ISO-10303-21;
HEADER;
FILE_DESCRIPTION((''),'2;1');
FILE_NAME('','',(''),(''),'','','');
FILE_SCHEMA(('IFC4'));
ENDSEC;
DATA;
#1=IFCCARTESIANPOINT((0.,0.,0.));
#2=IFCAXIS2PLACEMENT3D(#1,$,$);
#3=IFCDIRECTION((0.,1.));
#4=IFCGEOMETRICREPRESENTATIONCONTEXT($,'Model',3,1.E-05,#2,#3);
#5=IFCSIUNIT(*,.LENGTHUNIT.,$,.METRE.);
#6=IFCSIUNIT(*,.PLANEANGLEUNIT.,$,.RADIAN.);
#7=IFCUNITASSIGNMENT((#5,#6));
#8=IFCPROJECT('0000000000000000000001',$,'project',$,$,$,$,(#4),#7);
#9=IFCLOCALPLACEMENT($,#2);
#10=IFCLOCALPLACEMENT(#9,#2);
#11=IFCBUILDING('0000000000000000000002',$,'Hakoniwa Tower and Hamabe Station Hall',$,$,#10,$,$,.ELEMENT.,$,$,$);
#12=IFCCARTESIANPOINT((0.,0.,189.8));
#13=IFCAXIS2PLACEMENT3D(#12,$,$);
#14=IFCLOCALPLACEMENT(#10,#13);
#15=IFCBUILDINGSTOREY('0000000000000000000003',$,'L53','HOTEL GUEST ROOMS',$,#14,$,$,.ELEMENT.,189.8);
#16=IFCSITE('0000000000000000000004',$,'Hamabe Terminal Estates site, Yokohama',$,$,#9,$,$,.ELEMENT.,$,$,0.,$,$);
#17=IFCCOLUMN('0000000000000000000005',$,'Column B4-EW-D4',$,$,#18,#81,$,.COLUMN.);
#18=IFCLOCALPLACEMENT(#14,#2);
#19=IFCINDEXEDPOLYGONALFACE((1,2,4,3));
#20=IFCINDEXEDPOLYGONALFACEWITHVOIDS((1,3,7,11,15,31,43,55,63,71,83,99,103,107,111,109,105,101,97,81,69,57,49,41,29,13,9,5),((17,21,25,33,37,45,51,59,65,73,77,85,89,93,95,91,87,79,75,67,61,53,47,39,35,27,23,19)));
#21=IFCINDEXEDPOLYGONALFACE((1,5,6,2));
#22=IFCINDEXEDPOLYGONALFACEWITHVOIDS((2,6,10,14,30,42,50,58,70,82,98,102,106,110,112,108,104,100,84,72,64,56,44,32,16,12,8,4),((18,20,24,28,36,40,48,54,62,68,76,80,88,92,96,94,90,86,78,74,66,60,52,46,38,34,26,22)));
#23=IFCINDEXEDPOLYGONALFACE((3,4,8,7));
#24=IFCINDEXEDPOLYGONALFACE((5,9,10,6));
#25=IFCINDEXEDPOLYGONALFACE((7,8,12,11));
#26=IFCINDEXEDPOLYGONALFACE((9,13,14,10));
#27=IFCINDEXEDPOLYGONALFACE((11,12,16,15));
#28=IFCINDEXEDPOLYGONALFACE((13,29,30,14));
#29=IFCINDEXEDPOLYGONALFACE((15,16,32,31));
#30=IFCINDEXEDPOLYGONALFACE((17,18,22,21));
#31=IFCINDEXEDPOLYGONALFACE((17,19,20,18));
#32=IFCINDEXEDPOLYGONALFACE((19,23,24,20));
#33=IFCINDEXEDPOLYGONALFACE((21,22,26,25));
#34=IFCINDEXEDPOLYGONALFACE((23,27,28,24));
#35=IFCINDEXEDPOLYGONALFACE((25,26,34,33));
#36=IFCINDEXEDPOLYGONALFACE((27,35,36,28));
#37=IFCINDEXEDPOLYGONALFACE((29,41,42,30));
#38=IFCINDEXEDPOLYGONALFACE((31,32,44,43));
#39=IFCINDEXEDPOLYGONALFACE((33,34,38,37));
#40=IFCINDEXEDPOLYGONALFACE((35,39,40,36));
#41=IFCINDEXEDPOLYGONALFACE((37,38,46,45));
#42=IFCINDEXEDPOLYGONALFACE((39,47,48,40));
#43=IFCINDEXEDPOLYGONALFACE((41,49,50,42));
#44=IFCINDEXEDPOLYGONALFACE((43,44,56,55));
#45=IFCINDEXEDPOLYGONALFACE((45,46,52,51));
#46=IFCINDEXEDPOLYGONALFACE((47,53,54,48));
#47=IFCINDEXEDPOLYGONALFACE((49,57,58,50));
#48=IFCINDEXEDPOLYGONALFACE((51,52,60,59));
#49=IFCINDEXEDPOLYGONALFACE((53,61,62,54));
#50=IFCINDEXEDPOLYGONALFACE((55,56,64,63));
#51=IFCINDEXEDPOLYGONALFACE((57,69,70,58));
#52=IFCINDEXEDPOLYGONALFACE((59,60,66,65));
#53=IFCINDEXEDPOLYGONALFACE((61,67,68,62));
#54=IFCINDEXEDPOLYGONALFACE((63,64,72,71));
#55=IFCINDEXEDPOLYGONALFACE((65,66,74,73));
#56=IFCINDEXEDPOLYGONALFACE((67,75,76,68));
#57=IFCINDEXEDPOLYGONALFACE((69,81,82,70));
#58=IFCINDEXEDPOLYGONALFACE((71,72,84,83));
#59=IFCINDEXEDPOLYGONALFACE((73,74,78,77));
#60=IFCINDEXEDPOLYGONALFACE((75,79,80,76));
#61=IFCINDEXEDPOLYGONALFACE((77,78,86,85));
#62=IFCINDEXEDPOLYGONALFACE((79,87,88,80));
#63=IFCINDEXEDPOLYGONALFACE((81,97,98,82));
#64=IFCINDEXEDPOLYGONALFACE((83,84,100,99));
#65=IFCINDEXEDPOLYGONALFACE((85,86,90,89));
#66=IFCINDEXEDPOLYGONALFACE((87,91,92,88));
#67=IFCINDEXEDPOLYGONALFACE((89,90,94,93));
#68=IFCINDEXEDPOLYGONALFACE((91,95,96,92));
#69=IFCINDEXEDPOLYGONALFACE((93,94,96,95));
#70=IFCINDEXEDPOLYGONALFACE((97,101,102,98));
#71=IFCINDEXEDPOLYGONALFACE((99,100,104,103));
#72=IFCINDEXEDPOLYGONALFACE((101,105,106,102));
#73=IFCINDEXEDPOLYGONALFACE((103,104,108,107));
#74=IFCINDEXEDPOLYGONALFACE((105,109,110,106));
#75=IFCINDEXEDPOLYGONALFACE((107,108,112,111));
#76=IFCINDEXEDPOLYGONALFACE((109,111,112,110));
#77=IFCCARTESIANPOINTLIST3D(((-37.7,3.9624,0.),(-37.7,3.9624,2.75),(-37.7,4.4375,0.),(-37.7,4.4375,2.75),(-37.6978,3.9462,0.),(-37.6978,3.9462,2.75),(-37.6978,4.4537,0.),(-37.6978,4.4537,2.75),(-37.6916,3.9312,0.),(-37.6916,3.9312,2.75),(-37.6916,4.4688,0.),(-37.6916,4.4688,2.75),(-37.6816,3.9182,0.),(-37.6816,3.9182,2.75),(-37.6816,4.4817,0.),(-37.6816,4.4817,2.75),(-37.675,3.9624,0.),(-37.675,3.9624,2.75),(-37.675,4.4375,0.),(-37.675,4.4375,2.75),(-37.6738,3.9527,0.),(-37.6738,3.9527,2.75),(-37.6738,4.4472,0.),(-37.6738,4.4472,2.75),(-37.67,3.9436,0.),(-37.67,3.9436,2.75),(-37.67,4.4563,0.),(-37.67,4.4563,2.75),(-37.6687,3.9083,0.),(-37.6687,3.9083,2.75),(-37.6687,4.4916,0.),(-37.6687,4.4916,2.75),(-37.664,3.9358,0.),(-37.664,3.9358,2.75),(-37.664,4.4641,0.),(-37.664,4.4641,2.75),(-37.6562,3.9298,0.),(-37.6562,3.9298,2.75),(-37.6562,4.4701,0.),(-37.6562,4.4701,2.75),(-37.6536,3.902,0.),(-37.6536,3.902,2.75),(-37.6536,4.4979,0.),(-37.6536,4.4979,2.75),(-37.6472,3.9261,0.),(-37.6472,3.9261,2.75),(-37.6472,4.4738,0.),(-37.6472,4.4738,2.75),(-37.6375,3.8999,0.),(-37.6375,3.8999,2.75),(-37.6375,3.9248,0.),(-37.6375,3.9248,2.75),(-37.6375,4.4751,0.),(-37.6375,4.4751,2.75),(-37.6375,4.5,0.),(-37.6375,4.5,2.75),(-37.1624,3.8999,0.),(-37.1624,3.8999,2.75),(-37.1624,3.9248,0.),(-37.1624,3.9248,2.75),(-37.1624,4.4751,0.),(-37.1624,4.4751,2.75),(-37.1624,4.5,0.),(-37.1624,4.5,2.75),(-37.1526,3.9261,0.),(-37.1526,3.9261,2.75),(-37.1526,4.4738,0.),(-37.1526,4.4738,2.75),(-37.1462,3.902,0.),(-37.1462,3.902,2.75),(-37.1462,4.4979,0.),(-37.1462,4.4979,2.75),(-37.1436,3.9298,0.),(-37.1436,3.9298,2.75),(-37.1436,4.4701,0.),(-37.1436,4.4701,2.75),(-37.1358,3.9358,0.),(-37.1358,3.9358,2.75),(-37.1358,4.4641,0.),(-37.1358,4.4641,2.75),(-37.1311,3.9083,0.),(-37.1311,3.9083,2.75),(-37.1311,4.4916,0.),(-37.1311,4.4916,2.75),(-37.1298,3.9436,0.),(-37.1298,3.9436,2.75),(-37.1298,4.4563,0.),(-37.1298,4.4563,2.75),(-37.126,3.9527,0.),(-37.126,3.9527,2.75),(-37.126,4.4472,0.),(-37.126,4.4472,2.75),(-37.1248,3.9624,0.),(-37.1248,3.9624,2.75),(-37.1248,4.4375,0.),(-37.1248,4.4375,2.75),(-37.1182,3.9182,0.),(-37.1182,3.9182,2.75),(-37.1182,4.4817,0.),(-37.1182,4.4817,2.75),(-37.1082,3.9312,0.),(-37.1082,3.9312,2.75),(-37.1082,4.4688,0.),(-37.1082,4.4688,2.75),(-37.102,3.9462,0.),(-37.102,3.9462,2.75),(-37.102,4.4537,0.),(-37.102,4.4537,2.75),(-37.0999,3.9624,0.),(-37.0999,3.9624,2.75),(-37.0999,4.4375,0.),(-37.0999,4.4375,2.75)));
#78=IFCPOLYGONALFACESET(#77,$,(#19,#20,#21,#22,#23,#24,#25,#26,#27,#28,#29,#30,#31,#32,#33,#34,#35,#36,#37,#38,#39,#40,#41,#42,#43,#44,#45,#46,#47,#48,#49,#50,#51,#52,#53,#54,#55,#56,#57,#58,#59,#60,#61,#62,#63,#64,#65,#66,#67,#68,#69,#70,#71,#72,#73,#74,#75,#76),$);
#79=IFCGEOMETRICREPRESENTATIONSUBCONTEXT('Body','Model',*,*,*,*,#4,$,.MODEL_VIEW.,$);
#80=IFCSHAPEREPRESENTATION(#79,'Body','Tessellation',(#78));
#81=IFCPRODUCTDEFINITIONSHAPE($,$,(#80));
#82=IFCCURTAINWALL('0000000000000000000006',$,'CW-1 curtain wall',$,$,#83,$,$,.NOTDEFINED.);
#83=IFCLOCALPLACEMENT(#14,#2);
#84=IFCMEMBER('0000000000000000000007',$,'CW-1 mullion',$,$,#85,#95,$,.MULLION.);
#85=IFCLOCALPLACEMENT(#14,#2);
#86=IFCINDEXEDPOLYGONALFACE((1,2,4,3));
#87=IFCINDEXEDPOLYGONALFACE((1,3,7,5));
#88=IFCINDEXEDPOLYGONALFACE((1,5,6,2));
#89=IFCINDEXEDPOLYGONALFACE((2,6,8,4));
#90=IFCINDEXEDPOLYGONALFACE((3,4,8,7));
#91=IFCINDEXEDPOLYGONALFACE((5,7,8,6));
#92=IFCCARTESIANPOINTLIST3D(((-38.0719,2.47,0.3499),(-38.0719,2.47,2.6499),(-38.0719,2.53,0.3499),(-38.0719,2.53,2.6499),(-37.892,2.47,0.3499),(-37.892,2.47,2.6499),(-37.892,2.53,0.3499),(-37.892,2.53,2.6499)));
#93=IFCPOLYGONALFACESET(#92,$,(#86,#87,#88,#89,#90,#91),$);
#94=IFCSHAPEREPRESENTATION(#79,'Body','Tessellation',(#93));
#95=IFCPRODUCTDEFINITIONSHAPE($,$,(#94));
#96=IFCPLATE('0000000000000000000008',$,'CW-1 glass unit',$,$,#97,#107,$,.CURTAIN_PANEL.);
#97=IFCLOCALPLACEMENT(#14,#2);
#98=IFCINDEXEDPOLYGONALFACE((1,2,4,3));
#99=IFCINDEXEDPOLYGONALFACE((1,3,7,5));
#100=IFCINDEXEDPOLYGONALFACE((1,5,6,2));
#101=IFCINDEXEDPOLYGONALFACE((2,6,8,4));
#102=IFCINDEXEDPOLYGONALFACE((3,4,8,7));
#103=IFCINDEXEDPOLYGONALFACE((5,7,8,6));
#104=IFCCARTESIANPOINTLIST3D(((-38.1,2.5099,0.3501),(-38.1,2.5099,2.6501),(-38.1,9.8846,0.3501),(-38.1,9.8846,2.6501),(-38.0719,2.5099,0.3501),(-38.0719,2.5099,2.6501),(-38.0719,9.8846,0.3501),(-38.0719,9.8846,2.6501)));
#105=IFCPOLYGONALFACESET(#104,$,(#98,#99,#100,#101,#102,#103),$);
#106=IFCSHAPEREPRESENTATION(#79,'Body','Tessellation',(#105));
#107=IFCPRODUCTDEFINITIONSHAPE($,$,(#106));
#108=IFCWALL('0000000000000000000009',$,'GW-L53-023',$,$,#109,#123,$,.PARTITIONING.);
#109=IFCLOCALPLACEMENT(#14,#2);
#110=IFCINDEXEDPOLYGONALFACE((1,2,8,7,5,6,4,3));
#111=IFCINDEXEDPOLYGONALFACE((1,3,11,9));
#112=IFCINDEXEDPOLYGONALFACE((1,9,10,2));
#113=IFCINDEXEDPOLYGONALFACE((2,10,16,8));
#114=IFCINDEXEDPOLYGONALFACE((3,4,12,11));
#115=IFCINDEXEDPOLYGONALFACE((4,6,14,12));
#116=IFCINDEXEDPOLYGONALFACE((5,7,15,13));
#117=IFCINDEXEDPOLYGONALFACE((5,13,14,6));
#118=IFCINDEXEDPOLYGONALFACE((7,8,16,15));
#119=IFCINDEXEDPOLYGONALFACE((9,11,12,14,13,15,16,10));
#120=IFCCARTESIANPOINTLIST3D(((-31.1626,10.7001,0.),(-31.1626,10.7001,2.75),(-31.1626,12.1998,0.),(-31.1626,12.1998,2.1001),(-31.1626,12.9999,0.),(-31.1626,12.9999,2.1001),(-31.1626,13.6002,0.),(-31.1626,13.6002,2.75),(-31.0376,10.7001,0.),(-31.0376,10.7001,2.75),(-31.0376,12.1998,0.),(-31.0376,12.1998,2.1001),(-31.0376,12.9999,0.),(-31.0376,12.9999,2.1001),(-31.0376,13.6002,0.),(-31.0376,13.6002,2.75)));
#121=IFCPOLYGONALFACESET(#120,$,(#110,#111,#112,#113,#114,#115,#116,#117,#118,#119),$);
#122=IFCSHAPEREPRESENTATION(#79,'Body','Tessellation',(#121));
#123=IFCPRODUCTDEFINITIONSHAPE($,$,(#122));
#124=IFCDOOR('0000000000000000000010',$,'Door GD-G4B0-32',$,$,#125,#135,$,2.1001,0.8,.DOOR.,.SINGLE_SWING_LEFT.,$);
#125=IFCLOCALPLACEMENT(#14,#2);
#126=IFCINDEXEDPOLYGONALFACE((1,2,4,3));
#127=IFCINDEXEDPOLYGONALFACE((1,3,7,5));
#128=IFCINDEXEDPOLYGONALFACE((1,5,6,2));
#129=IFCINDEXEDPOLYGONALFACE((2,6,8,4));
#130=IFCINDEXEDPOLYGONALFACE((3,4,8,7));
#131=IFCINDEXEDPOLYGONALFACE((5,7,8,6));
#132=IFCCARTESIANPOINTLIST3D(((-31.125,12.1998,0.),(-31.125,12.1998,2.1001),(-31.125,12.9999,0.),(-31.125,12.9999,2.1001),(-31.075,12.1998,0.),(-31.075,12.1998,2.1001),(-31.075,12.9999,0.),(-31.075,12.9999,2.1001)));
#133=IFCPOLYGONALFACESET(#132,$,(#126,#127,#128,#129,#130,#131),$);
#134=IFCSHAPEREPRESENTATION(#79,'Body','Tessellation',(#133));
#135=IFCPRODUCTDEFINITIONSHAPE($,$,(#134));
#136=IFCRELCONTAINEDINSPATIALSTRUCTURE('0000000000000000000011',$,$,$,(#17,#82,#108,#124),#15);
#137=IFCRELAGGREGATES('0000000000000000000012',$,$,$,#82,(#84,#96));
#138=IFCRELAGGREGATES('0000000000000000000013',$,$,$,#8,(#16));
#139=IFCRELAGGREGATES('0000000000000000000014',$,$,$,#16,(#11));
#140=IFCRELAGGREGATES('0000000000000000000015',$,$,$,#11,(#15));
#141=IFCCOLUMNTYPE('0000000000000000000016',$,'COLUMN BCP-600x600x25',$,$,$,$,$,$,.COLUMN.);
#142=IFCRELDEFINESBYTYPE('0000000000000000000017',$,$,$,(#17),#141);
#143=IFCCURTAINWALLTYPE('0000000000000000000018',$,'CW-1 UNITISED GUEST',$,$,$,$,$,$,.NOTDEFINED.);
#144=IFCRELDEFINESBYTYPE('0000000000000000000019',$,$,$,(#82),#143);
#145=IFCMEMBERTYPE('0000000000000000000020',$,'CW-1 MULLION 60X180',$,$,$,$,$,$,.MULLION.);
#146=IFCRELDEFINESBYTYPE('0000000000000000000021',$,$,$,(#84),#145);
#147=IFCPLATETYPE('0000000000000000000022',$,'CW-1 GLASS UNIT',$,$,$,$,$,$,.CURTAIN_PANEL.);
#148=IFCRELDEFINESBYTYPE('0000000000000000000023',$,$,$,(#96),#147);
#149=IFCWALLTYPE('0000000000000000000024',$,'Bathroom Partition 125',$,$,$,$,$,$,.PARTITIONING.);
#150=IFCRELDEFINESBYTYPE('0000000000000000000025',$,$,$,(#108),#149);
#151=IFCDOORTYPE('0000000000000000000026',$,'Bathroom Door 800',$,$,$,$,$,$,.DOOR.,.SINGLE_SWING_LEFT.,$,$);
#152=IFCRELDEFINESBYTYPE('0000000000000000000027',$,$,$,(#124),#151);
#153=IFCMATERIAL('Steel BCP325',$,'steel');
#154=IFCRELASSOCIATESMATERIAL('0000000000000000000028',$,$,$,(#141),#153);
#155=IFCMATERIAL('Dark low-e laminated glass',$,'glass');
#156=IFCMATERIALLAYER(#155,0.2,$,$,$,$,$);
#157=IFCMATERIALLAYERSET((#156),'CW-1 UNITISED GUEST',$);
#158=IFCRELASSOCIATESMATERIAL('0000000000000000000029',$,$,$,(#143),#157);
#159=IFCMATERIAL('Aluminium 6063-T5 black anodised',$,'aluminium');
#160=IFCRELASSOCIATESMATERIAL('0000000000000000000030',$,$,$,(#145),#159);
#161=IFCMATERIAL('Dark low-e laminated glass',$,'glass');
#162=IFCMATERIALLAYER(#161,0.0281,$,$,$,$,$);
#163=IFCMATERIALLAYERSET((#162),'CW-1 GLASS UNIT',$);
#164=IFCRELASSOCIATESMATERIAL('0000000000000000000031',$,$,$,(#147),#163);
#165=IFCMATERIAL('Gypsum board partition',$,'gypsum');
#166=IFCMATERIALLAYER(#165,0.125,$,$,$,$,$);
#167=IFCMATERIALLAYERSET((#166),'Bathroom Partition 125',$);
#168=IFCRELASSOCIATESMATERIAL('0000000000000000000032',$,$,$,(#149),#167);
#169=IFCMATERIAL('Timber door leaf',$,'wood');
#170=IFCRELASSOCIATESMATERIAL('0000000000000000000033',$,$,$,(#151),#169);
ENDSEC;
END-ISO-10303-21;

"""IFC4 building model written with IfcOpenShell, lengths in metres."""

from ifc_helpers import new_model, si_unit, direction, frame, frame_2d, origin, origin_2d, place, context, subcontext, project, spatial, rectangle, hollow_rectangle, extrude, material, layer, layer_set, material_profile, profile_set, type_object, element, fill, aggregate, save


model = new_model("IFC4")

# Units and contexts
model_context = context("Model", 3, precision=1e-05, world=origin(), true_north=direction((0.0, 1.0)))
body_context = subcontext(model_context, "Body", "Model", "MODEL_VIEW")
ifc_project = project(units=[si_unit("LENGTHUNIT", "METRE"), si_unit("PLANEANGLEUNIT", "RADIAN")], contexts=[model_context])

# Site, building, storey
site_placement = place(None, origin())
site = spatial("IfcSite", under=ifc_project, at=site_placement, Name="Hamabe Terminal Estates site, Yokohama", CompositionType="ELEMENT", RefElevation=0.0)
building_placement = place(site_placement, origin())
building = spatial("IfcBuilding", under=site, at=building_placement, Name="Hakoniwa Tower and Hamabe Station Hall", CompositionType="ELEMENT")
storey_placement = place(building_placement, frame((0.0, 0.0, 189.8)))
storey = spatial("IfcBuildingStorey", under=building, at=storey_placement, Name="L53", Description="HOTEL GUEST ROOMS", CompositionType="ELEMENT", Elevation=189.8)

# Column
ifc_material_1 = material(Name="Steel BCP325", Category="steel")
ifc_material_profile_1 = material_profile(ifc_material_1, hollow_rectangle(XDim=0.6001, YDim=0.6001, WallThickness=0.0249, InnerFilletRadius=0.0376, OuterFilletRadius=0.0625, at=origin_2d()), Name="BCP-600x600x25")
ifc_profile_set_1 = profile_set([ifc_material_profile_1], Name="Steel BCP325")
column_type = type_object("IfcColumnType", Name="COLUMN BCP-600x600x25", PredefinedType="COLUMN", material=ifc_profile_set_1)
column_placement = place(storey_placement, frame((-37.3999, 4.2, 0.0), z_axis=(0.0, 0.0, 1.0), x_axis=(1.0, 0.0, 0.0)))
element("IfcColumn", 1, at=column_placement, inside=storey, type_object=column_type, Name="Column B4-EW-D4", PredefinedType="COLUMN", context=body_context, shape_type="SweptSolid", body=[
    extrude(hollow_rectangle(XDim=0.6001, YDim=0.6001, WallThickness=0.0249, InnerFilletRadius=0.0376, OuterFilletRadius=0.0625, at=origin_2d()), origin(), (0.0, 0.0, 1.0), 2.75),
])

# Curtain wall, member, plate
ifc_material_2 = material(Name="Dark low-e laminated glass", Category="glass")
ifc_layer_1 = layer(ifc_material_2, 0.2)
ifc_layer_set_1 = layer_set([ifc_layer_1], Name="CW-1 UNITISED GUEST")
curtain_wall_type = type_object("IfcCurtainWallType", Name="CW-1 UNITISED GUEST", PredefinedType="NOTDEFINED", material=ifc_layer_set_1)
curtain_wall_placement = place(storey_placement, origin())
curtain_wall = element("IfcCurtainWall", 2, at=curtain_wall_placement, inside=storey, type_object=curtain_wall_type, Name="CW-1 curtain wall", PredefinedType="NOTDEFINED")
ifc_material_3 = material(Name="Aluminium 6063-T5 black anodised", Category="aluminium")
ifc_material_profile_2 = material_profile(ifc_material_3, rectangle(XDim=0.0601, YDim=0.1799, at=origin_2d()), Name="CW-1 MULLION 60X180")
ifc_profile_set_2 = profile_set([ifc_material_profile_2], Name="Aluminium 6063-T5 black anodised")
member_type = type_object("IfcMemberType", Name="CW-1 MULLION 60X180", PredefinedType="MULLION", material=ifc_profile_set_2)
member_placement = place(storey_placement, frame((-37.9819, 2.5, 0.3499), z_axis=(0.0, 0.0, 1.0), x_axis=(0.0, -1.0, 0.0)))
member = element("IfcMember", 3, at=member_placement, type_object=member_type, Name="CW-1 mullion", PredefinedType="MULLION", context=body_context, shape_type="SweptSolid", body=[
    extrude(rectangle(XDim=0.0601, YDim=0.1799, at=origin_2d()), origin(), (0.0, 0.0, 1.0), 2.3),
])
ifc_material_4 = material(Name="Dark low-e laminated glass", Category="glass")
ifc_layer_2 = layer(ifc_material_4, 0.0281)
ifc_layer_set_2 = layer_set([ifc_layer_2], Name="CW-1 GLASS UNIT")
plate_type = type_object("IfcPlateType", Name="CW-1 GLASS UNIT", PredefinedType="CURTAIN_PANEL", material=ifc_layer_set_2)
plate_placement = place(storey_placement, frame((-38.0859, 6.1973, 0.3501), z_axis=(0.0, 0.0, 1.0), x_axis=(0.0, -1.0, 0.0)))
plate = element("IfcPlate", 4, at=plate_placement, type_object=plate_type, Name="CW-1 glass unit", PredefinedType="CURTAIN_PANEL", context=body_context, shape_type="SweptSolid", body=[
    extrude(rectangle(XDim=7.3748, YDim=0.0281, at=origin_2d()), origin(), (0.0, 0.0, 1.0), 2.3),
])
aggregate(curtain_wall, [member, plate])

# Wall, opening, door
ifc_material_5 = material(Name="Gypsum board partition", Category="gypsum")
ifc_layer_3 = layer(ifc_material_5, 0.125)
ifc_layer_set_3 = layer_set([ifc_layer_3], Name="Bathroom Partition 125")
wall_type_1 = type_object("IfcWallType", Name="Bathroom Partition 125", PredefinedType="PARTITIONING", material=ifc_layer_set_3)
wall_1_placement = place(storey_placement, frame((-31.1001, 10.7, 0.0), z_axis=(0.0, 0.0, 1.0), x_axis=(0.0, 1.0, 0.0)))
wall_1 = element("IfcWall", 5, at=wall_1_placement, inside=storey, type_object=wall_type_1, Name="GW-L53-023", PredefinedType="PARTITIONING", context=body_context, shape_type="SweptSolid", body=[
    extrude(rectangle(XDim=2.9001, YDim=0.125, at=frame_2d((1.4502, 0.0))), origin(), (0.0, 0.0, 1.0), 2.75),
])
opening_1_placement = place(wall_1_placement, frame((1.5, 0.0, 0.0)))
opening_1 = element("IfcOpeningElement", 6, at=opening_1_placement, cuts=wall_1, PredefinedType="OPENING", context=body_context, shape_type="SweptSolid", body=[
    extrude(rectangle(XDim=0.8, YDim=2.1001, at=frame_2d((0.3999, 1.05))), frame((0.0, 0.0725, 0.0), z_axis=(0.0, -1.0, 0.0), x_axis=(1.0, 0.0, 0.0)), (0.0, 0.0, 1.0), 0.145),
])
ifc_material_6 = material(Name="Timber door leaf", Category="wood")
door_type_1 = type_object("IfcDoorType", Name="Bathroom Door 800", OperationType="SINGLE_SWING_LEFT", PredefinedType="DOOR", material=ifc_material_6)
door_1_placement = place(opening_1_placement, origin())
door_1 = element("IfcDoor", 7, at=door_1_placement, inside=storey, type_object=door_type_1, Name="Door GD-G4B0-32", OperationType="SINGLE_SWING_LEFT", OverallHeight=2.1001, OverallWidth=0.8, PredefinedType="DOOR", context=body_context, shape_type="SweptSolid", body=[
    extrude(rectangle(XDim=0.8, YDim=2.1001, at=frame_2d((0.3999, 1.05))), frame((0.0, 0.0249, 0.0), z_axis=(0.0, -1.0, 0.0), x_axis=(1.0, 0.0, 0.0)), (0.0, 0.0, 1.0), 0.05),
])
fill(opening_1, door_1)

save(model, "model.ifc")
